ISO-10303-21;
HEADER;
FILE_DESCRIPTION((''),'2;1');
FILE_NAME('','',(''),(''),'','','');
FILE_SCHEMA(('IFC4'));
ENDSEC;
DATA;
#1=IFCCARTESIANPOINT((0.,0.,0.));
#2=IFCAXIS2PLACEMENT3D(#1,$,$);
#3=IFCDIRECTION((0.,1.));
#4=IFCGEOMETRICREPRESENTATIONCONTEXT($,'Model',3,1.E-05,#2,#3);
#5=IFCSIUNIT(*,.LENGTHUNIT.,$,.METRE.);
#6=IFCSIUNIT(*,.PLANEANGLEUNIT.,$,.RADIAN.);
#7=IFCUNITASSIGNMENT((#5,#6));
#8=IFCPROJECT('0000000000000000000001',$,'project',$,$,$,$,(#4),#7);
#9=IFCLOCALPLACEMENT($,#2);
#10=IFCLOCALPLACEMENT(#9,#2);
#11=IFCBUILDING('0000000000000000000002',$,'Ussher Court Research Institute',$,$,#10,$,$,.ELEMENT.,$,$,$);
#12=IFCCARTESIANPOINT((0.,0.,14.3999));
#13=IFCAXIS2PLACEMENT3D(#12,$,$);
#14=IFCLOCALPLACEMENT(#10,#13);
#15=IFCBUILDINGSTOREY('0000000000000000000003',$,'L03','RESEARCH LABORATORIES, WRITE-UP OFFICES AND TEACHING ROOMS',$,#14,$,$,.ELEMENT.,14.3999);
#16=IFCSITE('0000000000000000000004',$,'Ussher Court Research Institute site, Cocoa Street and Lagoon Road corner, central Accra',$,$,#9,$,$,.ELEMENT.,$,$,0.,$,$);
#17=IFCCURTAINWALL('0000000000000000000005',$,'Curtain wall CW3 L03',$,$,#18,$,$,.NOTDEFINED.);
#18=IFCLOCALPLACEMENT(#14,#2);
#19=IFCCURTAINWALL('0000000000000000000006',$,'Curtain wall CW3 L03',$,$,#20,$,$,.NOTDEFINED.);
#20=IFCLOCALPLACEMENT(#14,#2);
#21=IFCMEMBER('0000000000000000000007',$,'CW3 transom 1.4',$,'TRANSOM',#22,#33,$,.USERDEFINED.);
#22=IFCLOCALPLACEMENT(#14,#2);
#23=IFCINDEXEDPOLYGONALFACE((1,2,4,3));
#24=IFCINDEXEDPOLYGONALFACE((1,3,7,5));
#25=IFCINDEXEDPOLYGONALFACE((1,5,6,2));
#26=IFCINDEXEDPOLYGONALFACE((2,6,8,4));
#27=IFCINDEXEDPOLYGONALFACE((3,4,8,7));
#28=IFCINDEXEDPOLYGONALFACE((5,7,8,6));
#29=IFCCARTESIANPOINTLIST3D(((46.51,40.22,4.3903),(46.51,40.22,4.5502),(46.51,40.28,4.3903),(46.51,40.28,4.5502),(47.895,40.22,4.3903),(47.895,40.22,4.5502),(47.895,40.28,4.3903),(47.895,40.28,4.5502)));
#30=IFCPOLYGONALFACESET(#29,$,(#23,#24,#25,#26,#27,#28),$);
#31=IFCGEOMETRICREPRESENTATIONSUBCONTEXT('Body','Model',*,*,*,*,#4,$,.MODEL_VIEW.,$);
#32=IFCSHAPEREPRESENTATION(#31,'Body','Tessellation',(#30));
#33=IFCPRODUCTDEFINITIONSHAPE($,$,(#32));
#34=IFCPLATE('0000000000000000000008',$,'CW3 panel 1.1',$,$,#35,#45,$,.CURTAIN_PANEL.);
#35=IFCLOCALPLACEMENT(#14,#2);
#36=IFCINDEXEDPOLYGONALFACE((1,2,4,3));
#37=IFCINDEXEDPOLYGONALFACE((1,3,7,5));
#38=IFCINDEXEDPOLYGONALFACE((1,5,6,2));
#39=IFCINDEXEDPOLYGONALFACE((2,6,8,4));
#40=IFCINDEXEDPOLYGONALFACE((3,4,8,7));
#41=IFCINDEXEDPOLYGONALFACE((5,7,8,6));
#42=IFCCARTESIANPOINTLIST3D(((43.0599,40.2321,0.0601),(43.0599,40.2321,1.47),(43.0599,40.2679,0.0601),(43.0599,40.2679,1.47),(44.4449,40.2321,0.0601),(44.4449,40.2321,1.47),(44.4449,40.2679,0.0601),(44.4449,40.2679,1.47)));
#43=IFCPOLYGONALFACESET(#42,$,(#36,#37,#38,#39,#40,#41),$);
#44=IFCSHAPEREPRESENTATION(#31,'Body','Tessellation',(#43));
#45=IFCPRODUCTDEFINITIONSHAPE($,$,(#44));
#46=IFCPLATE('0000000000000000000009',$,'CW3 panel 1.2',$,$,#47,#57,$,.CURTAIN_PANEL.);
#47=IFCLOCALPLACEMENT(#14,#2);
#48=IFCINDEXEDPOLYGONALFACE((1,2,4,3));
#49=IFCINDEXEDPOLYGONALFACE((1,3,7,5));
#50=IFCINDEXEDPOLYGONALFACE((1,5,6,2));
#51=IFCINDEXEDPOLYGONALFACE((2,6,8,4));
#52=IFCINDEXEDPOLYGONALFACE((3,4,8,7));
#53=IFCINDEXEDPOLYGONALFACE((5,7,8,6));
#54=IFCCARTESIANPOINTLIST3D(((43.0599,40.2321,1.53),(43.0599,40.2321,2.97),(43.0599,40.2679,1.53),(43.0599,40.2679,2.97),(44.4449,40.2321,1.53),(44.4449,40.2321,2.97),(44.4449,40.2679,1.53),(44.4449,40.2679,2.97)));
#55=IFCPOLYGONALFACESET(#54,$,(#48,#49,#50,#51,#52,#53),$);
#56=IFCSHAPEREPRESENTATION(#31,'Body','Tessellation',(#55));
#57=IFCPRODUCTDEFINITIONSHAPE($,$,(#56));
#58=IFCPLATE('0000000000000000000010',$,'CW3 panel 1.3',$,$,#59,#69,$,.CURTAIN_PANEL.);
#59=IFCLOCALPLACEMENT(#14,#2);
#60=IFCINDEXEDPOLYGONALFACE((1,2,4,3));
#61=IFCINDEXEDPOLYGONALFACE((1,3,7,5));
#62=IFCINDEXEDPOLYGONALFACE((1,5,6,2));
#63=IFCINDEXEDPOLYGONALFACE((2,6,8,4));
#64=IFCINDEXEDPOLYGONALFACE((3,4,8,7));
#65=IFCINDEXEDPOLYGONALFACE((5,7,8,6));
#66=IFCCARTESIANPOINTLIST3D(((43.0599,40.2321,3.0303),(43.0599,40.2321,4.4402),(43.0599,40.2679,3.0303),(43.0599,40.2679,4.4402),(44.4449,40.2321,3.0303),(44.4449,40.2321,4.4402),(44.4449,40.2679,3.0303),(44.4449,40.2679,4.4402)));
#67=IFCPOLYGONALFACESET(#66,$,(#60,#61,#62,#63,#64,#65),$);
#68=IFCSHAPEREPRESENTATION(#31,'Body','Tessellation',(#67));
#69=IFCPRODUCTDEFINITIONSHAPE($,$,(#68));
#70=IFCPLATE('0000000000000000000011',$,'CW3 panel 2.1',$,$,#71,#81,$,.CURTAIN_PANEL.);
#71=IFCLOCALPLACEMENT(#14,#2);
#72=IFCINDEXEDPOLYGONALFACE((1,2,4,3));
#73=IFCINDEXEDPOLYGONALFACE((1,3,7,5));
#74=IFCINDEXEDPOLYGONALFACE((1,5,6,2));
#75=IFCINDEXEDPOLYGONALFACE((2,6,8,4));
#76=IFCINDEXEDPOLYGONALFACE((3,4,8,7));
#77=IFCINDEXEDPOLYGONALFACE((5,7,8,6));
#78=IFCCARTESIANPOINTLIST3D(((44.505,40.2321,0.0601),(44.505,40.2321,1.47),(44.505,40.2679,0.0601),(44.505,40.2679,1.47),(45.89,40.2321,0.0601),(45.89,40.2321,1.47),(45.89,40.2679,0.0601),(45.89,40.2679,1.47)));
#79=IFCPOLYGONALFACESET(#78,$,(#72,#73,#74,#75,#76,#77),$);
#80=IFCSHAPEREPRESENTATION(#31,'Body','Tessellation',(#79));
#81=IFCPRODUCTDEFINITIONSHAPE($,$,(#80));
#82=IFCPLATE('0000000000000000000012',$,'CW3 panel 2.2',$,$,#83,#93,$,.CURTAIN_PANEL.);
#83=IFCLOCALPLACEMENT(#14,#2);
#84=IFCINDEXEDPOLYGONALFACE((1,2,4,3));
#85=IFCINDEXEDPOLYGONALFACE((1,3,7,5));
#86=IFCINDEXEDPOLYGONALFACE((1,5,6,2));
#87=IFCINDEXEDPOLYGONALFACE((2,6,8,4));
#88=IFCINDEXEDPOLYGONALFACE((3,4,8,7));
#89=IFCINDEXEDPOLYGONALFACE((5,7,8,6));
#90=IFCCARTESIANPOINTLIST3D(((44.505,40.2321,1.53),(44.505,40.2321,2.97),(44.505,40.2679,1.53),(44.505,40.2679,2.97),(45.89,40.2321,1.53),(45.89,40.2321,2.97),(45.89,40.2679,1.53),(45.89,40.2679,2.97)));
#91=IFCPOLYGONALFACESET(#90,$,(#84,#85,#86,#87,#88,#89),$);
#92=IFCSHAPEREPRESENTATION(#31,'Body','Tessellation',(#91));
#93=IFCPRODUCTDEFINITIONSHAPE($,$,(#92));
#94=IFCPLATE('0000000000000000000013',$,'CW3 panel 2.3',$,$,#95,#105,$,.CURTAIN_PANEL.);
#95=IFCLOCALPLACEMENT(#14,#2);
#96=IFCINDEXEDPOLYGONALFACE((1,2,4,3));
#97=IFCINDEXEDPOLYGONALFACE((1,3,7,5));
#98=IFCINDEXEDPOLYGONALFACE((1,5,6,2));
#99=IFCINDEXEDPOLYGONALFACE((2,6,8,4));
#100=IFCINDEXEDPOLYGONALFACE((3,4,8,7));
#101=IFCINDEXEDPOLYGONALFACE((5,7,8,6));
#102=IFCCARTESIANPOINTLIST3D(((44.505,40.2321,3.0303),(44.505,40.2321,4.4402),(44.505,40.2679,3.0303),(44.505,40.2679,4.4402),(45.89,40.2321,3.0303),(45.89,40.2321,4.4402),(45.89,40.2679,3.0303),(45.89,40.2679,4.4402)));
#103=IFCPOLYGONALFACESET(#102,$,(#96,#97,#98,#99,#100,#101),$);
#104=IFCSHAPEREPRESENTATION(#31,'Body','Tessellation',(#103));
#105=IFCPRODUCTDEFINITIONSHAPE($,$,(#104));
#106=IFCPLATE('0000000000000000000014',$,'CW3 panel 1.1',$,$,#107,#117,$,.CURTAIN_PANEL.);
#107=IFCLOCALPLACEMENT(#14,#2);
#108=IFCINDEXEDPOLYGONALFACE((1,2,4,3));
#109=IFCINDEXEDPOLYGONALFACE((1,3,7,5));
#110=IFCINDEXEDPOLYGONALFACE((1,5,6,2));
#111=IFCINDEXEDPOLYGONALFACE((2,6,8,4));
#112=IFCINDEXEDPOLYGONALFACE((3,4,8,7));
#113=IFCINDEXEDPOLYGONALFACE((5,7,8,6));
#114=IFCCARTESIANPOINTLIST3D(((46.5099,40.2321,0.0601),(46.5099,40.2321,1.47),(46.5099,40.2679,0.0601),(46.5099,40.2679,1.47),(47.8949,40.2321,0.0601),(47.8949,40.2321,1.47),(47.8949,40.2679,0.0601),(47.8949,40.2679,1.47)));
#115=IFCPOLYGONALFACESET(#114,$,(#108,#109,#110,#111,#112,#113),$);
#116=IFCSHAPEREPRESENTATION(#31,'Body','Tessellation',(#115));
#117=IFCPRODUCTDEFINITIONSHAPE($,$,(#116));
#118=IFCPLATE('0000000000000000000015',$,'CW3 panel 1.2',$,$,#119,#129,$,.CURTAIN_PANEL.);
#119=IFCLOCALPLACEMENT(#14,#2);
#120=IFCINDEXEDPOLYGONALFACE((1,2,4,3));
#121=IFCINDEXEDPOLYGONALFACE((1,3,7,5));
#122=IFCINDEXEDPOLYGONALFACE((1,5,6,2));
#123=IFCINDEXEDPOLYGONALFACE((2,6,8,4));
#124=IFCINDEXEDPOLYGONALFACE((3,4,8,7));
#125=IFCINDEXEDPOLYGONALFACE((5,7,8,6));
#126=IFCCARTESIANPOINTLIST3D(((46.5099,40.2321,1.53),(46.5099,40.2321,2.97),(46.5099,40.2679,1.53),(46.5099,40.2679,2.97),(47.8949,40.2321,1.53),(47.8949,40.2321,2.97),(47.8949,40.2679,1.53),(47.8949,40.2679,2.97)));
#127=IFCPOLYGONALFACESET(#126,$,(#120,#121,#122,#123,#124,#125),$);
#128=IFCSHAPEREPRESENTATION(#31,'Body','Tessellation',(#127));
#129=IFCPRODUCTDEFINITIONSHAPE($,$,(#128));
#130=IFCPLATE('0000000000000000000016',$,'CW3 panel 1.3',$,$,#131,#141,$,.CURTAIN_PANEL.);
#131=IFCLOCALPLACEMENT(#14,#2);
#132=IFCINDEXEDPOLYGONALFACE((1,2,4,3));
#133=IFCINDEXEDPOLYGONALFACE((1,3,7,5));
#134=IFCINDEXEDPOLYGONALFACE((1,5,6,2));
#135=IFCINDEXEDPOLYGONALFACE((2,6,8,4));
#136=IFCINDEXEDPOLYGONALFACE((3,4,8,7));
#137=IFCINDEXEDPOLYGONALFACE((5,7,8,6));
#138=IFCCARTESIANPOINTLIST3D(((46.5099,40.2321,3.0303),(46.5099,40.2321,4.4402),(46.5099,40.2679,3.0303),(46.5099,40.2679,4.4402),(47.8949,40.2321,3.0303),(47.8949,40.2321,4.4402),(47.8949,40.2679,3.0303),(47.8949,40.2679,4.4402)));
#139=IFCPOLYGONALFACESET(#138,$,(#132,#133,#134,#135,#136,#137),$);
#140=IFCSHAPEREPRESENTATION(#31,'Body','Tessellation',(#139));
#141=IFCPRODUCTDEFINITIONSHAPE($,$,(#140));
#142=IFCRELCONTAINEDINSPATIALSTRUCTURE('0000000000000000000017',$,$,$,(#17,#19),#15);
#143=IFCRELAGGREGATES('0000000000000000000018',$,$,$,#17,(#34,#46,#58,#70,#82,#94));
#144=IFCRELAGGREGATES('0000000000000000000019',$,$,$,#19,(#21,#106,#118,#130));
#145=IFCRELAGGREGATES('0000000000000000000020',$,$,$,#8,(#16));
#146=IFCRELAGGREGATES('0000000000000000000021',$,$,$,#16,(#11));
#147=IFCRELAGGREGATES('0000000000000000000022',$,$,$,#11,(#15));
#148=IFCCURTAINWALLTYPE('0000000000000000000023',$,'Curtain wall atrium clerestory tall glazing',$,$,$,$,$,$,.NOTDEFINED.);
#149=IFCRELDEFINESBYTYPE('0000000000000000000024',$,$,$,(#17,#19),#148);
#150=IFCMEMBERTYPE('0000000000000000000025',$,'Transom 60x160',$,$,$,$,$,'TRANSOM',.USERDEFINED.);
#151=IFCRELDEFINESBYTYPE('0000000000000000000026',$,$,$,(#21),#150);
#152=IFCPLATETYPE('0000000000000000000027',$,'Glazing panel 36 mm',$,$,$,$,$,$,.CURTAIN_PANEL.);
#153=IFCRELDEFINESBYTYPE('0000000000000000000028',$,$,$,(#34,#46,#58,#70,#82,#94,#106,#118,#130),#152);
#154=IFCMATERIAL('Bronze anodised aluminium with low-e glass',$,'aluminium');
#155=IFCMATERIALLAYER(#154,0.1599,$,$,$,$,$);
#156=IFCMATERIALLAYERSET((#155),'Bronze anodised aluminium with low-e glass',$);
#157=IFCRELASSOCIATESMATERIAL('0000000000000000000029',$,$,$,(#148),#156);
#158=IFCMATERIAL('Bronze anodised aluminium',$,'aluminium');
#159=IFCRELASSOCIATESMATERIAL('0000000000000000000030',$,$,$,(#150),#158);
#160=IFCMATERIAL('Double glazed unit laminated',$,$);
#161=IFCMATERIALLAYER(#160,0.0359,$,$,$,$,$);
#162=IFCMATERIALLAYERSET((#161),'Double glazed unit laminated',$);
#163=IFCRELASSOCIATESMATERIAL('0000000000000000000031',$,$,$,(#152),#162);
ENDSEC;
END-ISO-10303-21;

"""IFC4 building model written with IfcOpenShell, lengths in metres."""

from ifc_helpers import new_model, si_unit, direction, frame, origin, origin_2d, place, context, subcontext, project, spatial, rectangle, extrude, material, layer, layer_set, material_profile, profile_set, type_object, element, aggregate, save


model = new_model("IFC4")

# Units and contexts
model_context = context("Model", 3, precision=1e-05, world=origin(), true_north=direction((0.0, 1.0)))
body_context = subcontext(model_context, "Body", "Model", "MODEL_VIEW")
ifc_project = project(units=[si_unit("LENGTHUNIT", "METRE"), si_unit("PLANEANGLEUNIT", "RADIAN")], contexts=[model_context])

# Site, building, storey
site_placement = place(None, origin())
site = spatial("IfcSite", under=ifc_project, at=site_placement, Name="Ussher Court Research Institute site, Cocoa Street and Lagoon Road corner, central Accra", CompositionType="ELEMENT", RefElevation=0.0)
building_placement = place(site_placement, origin())
building = spatial("IfcBuilding", under=site, at=building_placement, Name="Ussher Court Research Institute", CompositionType="ELEMENT")
storey_placement = place(building_placement, frame((0.0, 0.0, 14.3999)))
storey = spatial("IfcBuildingStorey", under=building, at=storey_placement, Name="L03", Description="RESEARCH LABORATORIES, WRITE-UP OFFICES AND TEACHING ROOMS", CompositionType="ELEMENT", Elevation=14.3999)

# Curtain walls
ifc_material_1 = material(Name="Bronze anodised aluminium with low-e glass", Category="aluminium")
ifc_layer_1 = layer(ifc_material_1, 0.1599)
ifc_layer_set_1 = layer_set([ifc_layer_1], Name="Bronze anodised aluminium with low-e glass")
curtain_wall_type = type_object("IfcCurtainWallType", Name="Curtain wall atrium clerestory tall glazing", PredefinedType="NOTDEFINED", material=ifc_layer_set_1)
curtain_wall_1_placement = place(storey_placement, origin())
curtain_wall_1 = element("IfcCurtainWall", 1, at=curtain_wall_1_placement, inside=storey, type_object=curtain_wall_type, Name="Curtain wall CW3 L03", PredefinedType="NOTDEFINED")
curtain_wall_2_placement = place(storey_placement, origin())
curtain_wall_2 = element("IfcCurtainWall", 2, at=curtain_wall_2_placement, inside=storey, type_object=curtain_wall_type, Name="Curtain wall CW3 L03", PredefinedType="NOTDEFINED")

# Member
ifc_material_2 = material(Name="Bronze anodised aluminium", Category="aluminium")
ifc_material_profile_1 = material_profile(ifc_material_2, rectangle(XDim=0.0601, YDim=0.1599, at=origin_2d()), Name="Transom 60x160")
ifc_profile_set_1 = profile_set([ifc_material_profile_1], Name="Bronze anodised aluminium")
member_type_1 = type_object("IfcMemberType", Name="Transom 60x160", ElementType="TRANSOM", PredefinedType="USERDEFINED", material=ifc_profile_set_1)
member_1_placement = place(storey_placement, frame((46.51, 40.25, 4.4702), z_axis=(1.0, 0.0, 0.0), x_axis=(0.0, 1.0, 0.0)))
member_1 = element("IfcMember", 3, at=member_1_placement, type_object=member_type_1, Name="CW3 transom 1.4", ObjectType="TRANSOM", PredefinedType="USERDEFINED", context=body_context, shape_type="SweptSolid", body=[
    extrude(rectangle(XDim=0.0601, YDim=0.1599, at=origin_2d()), origin(), (0.0, 0.0, 1.0), 1.385),
])

# Plates
ifc_material_3 = material(Name="Double glazed unit laminated")
ifc_layer_2 = layer(ifc_material_3, 0.0359)
ifc_layer_set_2 = layer_set([ifc_layer_2], Name="Double glazed unit laminated")
plate_type = type_object("IfcPlateType", Name="Glazing panel 36 mm", PredefinedType="CURTAIN_PANEL", material=ifc_layer_set_2)
plate_1_placement = place(storey_placement, frame((43.7524, 40.25, 0.0601), z_axis=(0.0, 0.0, 1.0), x_axis=(1.0, 0.0, 0.0)))
plate_1 = element("IfcPlate", 4, at=plate_1_placement, type_object=plate_type, Name="CW3 panel 1.1", PredefinedType="CURTAIN_PANEL", context=body_context, shape_type="SweptSolid", body=[
    extrude(rectangle(XDim=1.385, YDim=0.0359, at=origin_2d()), origin(), (0.0, 0.0, 1.0), 1.4099),
])
plate_2_placement = place(storey_placement, frame((43.7524, 40.25, 1.53), z_axis=(0.0, 0.0, 1.0), x_axis=(1.0, 0.0, 0.0)))
plate_2 = element("IfcPlate", 5, at=plate_2_placement, type_object=plate_type, Name="CW3 panel 1.2", PredefinedType="CURTAIN_PANEL", context=body_context, shape_type="SweptSolid", body=[
    extrude(rectangle(XDim=1.385, YDim=0.0359, at=origin_2d()), origin(), (0.0, 0.0, 1.0), 1.4399),
])
plate_3_placement = place(storey_placement, frame((43.7524, 40.25, 3.0303), z_axis=(0.0, 0.0, 1.0), x_axis=(1.0, 0.0, 0.0)))
plate_3 = element("IfcPlate", 6, at=plate_3_placement, type_object=plate_type, Name="CW3 panel 1.3", PredefinedType="CURTAIN_PANEL", context=body_context, shape_type="SweptSolid", body=[
    extrude(rectangle(XDim=1.385, YDim=0.0359, at=origin_2d()), origin(), (0.0, 0.0, 1.0), 1.4099),
])
plate_4_placement = place(storey_placement, frame((45.1975, 40.25, 0.0601), z_axis=(0.0, 0.0, 1.0), x_axis=(1.0, 0.0, 0.0)))
plate_4 = element("IfcPlate", 7, at=plate_4_placement, type_object=plate_type, Name="CW3 panel 2.1", PredefinedType="CURTAIN_PANEL", context=body_context, shape_type="SweptSolid", body=[
    extrude(rectangle(XDim=1.385, YDim=0.0359, at=origin_2d()), origin(), (0.0, 0.0, 1.0), 1.4099),
])
plate_5_placement = place(storey_placement, frame((45.1975, 40.25, 1.53), z_axis=(0.0, 0.0, 1.0), x_axis=(1.0, 0.0, 0.0)))
plate_5 = element("IfcPlate", 8, at=plate_5_placement, type_object=plate_type, Name="CW3 panel 2.2", PredefinedType="CURTAIN_PANEL", context=body_context, shape_type="SweptSolid", body=[
    extrude(rectangle(XDim=1.385, YDim=0.0359, at=origin_2d()), origin(), (0.0, 0.0, 1.0), 1.4399),
])
plate_6_placement = place(storey_placement, frame((45.1975, 40.25, 3.0303), z_axis=(0.0, 0.0, 1.0), x_axis=(1.0, 0.0, 0.0)))
plate_6 = element("IfcPlate", 9, at=plate_6_placement, type_object=plate_type, Name="CW3 panel 2.3", PredefinedType="CURTAIN_PANEL", context=body_context, shape_type="SweptSolid", body=[
    extrude(rectangle(XDim=1.385, YDim=0.0359, at=origin_2d()), origin(), (0.0, 0.0, 1.0), 1.4099),
])
aggregate(curtain_wall_1, [plate_1, plate_2, plate_3, plate_4, plate_5, plate_6])
plate_7_placement = place(storey_placement, frame((47.2024, 40.25, 0.0601), z_axis=(0.0, 0.0, 1.0), x_axis=(1.0, 0.0, 0.0)))
plate_7 = element("IfcPlate", 10, at=plate_7_placement, type_object=plate_type, Name="CW3 panel 1.1", PredefinedType="CURTAIN_PANEL", context=body_context, shape_type="SweptSolid", body=[
    extrude(rectangle(XDim=1.385, YDim=0.0359, at=origin_2d()), origin(), (0.0, 0.0, 1.0), 1.4099),
])
plate_8_placement = place(storey_placement, frame((47.2024, 40.25, 1.53), z_axis=(0.0, 0.0, 1.0), x_axis=(1.0, 0.0, 0.0)))
plate_8 = element("IfcPlate", 11, at=plate_8_placement, type_object=plate_type, Name="CW3 panel 1.2", PredefinedType="CURTAIN_PANEL", context=body_context, shape_type="SweptSolid", body=[
    extrude(rectangle(XDim=1.385, YDim=0.0359, at=origin_2d()), origin(), (0.0, 0.0, 1.0), 1.4399),
])
plate_9_placement = place(storey_placement, frame((47.2024, 40.25, 3.0303), z_axis=(0.0, 0.0, 1.0), x_axis=(1.0, 0.0, 0.0)))
plate_9 = element("IfcPlate", 12, at=plate_9_placement, type_object=plate_type, Name="CW3 panel 1.3", PredefinedType="CURTAIN_PANEL", context=body_context, shape_type="SweptSolid", body=[
    extrude(rectangle(XDim=1.385, YDim=0.0359, at=origin_2d()), origin(), (0.0, 0.0, 1.0), 1.4099),
])
aggregate(curtain_wall_2, [member_1, plate_7, plate_8, plate_9])

save(model, "model.ifc")
